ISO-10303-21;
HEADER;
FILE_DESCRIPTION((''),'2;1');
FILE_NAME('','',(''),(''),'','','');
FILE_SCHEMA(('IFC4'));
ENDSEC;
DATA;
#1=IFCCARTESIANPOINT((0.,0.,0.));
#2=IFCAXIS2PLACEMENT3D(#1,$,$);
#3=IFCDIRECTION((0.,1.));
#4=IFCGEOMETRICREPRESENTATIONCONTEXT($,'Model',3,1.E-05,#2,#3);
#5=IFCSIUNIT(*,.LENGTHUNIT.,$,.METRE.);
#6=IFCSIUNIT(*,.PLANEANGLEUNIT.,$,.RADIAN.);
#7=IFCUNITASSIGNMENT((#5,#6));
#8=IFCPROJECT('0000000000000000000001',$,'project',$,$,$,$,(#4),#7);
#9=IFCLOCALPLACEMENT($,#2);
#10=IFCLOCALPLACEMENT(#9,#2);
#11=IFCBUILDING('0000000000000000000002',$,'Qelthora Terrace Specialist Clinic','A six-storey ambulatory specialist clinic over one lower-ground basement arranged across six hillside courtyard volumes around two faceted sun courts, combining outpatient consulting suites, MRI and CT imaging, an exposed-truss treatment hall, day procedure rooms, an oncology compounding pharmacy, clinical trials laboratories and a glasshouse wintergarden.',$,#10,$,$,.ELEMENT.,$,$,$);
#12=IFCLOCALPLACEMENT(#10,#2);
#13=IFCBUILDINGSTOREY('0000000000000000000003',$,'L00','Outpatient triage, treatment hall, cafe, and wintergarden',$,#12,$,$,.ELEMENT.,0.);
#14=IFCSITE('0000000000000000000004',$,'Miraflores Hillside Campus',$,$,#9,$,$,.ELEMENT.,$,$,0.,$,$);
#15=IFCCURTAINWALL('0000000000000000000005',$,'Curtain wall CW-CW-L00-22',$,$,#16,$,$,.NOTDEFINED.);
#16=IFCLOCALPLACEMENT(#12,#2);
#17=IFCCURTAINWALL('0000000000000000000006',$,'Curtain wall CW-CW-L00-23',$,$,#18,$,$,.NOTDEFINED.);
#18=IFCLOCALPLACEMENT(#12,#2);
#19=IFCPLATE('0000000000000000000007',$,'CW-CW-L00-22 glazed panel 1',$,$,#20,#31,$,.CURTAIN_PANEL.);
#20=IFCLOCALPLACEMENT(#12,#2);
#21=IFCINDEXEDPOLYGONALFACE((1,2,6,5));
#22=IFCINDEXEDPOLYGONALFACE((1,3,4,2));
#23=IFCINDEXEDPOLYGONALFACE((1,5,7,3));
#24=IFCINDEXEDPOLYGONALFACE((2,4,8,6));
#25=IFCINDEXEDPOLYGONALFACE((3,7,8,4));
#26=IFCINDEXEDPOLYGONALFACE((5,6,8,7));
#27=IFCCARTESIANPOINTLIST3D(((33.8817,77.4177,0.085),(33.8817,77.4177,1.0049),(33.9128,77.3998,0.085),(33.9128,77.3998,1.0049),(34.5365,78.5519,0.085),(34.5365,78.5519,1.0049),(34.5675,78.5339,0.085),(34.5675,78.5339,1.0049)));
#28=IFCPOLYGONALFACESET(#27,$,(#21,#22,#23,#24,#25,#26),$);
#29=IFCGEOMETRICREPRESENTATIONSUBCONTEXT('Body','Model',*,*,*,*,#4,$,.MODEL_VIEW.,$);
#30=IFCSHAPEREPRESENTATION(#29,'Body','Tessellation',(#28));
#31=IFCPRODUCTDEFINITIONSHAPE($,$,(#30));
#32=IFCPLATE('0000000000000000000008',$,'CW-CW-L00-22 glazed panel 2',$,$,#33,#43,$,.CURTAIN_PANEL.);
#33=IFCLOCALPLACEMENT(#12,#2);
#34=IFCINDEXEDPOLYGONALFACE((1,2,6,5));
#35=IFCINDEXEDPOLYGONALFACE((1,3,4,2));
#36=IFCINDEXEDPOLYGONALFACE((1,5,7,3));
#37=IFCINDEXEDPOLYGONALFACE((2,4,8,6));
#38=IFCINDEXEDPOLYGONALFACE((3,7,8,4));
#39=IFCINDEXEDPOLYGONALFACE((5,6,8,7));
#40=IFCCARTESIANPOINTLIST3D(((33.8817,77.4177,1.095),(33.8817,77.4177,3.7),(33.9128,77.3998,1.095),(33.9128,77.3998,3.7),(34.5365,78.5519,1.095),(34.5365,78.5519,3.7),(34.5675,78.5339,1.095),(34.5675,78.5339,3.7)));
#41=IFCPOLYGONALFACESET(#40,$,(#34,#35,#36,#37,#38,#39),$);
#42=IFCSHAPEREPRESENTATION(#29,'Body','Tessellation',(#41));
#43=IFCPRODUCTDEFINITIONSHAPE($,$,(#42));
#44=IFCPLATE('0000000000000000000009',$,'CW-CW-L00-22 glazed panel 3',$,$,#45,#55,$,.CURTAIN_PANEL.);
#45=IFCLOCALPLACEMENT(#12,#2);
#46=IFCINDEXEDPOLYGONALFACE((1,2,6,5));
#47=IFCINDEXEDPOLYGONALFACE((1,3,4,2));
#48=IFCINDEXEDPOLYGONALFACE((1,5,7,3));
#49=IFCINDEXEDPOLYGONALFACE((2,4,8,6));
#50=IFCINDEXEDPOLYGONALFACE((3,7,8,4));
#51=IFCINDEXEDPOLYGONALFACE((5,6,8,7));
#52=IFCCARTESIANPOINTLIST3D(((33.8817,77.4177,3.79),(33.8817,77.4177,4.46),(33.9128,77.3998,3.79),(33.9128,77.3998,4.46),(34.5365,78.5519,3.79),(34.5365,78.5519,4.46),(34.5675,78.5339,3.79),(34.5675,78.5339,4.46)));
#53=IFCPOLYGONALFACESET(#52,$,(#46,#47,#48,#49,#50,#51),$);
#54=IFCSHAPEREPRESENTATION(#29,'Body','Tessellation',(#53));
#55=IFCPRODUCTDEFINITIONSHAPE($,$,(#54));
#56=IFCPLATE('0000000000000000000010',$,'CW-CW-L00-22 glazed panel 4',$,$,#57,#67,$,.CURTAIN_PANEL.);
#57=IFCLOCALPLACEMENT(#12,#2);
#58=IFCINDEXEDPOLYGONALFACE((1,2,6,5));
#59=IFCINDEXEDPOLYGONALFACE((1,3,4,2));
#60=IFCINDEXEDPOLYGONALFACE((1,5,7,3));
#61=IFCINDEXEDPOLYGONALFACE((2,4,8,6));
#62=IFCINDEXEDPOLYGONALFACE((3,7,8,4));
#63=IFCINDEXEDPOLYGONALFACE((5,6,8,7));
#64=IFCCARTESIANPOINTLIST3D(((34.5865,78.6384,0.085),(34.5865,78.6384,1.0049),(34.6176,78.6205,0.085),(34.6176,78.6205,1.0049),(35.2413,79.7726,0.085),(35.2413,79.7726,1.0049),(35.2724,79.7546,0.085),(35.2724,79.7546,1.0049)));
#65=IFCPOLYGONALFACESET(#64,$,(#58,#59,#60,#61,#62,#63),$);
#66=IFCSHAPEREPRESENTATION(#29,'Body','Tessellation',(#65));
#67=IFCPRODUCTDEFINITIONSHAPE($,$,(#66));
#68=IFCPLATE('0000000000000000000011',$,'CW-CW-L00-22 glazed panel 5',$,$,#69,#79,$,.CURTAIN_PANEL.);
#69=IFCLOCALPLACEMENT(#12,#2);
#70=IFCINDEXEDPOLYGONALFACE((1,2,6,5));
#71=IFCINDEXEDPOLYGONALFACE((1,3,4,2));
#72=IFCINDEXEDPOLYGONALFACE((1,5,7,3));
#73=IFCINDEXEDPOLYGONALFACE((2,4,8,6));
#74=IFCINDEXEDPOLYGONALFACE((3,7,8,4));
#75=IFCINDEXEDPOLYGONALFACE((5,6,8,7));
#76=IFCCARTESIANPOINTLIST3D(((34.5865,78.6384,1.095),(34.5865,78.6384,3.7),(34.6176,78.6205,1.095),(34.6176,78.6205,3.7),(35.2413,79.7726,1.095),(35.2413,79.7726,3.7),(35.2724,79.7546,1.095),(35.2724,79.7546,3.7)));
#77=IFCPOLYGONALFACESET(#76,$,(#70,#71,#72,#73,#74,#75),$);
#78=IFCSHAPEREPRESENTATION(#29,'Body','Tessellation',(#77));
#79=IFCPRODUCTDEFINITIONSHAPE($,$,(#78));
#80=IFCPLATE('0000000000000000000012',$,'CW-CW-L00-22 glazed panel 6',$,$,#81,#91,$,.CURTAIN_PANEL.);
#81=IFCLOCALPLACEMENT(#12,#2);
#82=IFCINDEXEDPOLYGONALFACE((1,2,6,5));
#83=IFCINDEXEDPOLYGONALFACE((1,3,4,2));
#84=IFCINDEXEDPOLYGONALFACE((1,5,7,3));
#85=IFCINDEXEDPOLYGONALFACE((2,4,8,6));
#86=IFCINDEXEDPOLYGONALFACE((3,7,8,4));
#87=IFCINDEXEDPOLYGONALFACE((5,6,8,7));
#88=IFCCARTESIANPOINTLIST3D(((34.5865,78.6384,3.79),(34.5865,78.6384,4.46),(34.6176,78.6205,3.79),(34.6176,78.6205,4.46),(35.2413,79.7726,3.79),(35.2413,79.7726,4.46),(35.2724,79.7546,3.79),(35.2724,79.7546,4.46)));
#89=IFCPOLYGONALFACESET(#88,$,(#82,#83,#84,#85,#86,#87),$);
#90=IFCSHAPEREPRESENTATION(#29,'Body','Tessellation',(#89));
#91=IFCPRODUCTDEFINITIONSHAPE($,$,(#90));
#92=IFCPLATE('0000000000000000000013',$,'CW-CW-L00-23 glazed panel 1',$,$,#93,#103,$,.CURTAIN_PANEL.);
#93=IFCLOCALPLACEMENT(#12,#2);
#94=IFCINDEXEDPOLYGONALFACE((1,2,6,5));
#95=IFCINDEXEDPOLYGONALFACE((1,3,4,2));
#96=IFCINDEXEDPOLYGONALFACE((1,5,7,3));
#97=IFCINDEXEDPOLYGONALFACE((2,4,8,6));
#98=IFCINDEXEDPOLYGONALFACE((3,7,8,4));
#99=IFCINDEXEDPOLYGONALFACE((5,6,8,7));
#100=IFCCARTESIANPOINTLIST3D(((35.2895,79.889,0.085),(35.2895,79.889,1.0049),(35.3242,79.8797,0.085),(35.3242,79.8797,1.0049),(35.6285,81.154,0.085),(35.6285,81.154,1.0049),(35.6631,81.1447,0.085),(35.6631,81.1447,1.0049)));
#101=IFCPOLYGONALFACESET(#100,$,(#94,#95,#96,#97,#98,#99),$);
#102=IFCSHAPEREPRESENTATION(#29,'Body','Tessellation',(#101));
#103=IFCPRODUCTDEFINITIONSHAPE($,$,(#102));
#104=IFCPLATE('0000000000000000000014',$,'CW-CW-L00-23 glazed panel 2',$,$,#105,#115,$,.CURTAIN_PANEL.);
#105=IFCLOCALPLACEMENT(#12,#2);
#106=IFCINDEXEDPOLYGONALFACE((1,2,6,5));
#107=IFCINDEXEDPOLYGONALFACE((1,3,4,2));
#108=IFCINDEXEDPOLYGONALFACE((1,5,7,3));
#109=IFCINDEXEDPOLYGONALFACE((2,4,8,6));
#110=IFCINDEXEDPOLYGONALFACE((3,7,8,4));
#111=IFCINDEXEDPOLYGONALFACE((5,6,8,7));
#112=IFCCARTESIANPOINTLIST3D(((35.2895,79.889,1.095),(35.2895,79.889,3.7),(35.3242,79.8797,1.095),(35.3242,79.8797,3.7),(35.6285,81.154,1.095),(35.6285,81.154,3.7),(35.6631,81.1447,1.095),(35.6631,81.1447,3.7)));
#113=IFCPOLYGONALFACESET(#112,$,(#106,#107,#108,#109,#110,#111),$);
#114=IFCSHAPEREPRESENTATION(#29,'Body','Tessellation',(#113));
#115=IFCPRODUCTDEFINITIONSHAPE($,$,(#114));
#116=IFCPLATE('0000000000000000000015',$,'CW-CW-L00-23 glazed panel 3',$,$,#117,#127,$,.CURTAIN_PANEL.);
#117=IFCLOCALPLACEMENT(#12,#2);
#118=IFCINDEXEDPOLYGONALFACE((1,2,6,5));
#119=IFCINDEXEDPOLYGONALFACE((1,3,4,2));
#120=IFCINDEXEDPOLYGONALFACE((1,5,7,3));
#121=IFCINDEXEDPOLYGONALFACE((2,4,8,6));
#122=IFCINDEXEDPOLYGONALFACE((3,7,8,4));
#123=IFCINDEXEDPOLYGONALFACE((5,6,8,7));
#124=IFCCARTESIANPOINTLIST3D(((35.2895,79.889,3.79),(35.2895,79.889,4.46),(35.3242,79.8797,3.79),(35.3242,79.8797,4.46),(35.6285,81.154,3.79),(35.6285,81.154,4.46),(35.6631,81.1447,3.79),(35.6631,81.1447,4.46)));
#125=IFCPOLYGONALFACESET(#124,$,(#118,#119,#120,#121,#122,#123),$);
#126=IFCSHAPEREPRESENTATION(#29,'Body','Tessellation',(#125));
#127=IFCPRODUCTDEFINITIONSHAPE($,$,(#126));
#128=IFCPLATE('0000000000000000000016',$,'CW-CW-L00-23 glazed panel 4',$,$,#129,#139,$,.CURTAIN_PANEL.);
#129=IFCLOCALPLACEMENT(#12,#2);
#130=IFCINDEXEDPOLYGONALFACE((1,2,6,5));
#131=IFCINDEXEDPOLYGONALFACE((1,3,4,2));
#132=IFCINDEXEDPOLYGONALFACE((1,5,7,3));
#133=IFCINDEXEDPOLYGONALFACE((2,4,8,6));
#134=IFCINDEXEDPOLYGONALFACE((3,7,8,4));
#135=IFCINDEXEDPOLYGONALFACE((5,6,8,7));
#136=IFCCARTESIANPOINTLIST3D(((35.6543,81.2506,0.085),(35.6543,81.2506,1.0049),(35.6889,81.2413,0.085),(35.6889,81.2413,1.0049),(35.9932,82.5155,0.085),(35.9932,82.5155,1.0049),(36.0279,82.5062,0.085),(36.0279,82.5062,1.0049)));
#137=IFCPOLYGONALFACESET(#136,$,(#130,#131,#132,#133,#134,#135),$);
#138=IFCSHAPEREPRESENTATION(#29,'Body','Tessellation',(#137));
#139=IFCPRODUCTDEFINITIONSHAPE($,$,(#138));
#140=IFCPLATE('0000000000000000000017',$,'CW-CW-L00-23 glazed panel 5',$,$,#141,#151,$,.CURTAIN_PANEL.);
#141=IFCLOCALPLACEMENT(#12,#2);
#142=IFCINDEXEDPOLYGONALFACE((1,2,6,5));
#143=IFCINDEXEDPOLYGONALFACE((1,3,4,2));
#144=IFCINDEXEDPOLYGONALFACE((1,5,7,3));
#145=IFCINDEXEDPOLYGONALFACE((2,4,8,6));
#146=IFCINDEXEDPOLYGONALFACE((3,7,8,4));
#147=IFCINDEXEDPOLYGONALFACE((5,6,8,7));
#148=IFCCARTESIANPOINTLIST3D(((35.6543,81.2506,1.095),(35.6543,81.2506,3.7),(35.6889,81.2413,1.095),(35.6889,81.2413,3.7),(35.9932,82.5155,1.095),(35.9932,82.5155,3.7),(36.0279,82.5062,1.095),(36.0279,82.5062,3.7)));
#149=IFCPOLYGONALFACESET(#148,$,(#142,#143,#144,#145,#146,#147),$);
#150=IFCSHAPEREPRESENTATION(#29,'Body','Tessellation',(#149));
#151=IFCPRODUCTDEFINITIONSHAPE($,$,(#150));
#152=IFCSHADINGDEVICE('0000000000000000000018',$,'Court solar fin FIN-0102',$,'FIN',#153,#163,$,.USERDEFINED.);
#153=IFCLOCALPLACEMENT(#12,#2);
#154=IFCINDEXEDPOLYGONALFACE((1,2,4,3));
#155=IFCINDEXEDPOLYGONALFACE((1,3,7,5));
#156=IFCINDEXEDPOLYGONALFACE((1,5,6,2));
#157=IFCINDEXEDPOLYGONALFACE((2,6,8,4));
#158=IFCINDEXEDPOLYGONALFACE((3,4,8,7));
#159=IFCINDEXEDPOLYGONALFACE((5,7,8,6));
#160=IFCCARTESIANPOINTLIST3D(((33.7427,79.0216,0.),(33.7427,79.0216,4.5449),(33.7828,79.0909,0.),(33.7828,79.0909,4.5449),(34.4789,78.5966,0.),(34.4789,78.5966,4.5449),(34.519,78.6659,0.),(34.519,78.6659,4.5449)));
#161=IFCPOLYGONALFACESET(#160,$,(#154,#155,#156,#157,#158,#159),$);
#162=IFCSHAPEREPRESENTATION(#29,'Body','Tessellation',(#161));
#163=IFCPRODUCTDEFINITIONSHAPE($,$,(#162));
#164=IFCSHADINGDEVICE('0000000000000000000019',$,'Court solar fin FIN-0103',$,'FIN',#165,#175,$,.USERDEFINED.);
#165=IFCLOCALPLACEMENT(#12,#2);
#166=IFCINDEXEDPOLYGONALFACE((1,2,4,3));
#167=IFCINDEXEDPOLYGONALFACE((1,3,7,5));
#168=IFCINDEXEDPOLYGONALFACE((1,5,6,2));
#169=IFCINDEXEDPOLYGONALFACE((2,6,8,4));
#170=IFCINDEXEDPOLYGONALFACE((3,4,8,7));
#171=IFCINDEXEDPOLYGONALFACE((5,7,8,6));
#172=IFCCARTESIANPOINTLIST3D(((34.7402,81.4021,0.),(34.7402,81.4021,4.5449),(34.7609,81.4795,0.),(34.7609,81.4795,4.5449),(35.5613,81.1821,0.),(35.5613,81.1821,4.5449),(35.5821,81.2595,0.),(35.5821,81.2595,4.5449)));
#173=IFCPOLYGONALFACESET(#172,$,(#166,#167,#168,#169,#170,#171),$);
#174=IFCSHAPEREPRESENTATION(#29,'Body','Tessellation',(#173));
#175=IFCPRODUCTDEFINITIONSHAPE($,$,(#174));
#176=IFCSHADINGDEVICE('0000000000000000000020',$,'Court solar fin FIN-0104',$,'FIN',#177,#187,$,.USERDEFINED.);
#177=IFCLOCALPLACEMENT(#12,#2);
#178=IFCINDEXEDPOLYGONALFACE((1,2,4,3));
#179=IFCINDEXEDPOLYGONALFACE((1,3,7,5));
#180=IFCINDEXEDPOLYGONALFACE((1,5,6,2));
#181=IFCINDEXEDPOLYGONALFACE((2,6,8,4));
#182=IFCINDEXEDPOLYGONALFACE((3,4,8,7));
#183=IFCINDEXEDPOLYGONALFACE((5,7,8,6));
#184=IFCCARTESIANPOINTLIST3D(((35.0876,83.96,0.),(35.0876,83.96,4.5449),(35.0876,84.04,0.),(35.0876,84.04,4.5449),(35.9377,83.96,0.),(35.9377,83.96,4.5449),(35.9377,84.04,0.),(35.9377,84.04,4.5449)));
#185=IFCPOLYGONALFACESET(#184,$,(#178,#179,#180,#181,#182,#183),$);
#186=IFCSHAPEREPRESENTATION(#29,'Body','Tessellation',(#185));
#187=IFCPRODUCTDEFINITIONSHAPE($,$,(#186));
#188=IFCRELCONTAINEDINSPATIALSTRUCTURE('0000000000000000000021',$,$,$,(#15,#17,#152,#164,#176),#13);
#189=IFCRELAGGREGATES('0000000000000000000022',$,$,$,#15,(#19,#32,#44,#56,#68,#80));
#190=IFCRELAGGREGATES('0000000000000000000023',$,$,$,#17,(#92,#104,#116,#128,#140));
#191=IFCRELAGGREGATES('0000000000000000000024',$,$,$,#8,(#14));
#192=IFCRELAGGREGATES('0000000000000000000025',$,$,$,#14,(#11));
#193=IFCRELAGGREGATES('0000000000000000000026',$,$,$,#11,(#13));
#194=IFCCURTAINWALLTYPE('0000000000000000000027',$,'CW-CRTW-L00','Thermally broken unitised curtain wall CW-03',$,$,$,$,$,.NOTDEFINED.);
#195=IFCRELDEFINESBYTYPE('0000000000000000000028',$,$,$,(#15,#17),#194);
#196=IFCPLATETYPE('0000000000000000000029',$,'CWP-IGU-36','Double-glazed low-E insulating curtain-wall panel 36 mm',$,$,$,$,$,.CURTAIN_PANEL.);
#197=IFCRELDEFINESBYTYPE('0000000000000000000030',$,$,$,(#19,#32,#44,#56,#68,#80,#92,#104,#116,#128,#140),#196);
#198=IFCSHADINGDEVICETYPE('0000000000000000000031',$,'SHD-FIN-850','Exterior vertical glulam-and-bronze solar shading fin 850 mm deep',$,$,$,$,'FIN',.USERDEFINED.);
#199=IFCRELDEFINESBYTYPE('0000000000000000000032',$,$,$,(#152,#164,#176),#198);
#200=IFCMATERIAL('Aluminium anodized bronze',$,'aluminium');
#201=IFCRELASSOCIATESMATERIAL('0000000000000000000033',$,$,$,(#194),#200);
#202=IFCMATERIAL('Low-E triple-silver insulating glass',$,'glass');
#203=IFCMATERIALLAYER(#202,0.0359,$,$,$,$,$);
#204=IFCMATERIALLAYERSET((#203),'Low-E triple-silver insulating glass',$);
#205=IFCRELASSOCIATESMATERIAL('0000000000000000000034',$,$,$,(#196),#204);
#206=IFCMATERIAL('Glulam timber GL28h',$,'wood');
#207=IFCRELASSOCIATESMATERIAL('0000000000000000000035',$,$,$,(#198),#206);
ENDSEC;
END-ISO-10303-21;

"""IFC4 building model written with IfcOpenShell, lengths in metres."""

from ifc_helpers import new_model, si_unit, direction, frame, origin, origin_2d, place, context, subcontext, project, spatial, rectangle, extrude, material, layer, layer_set, type_object, element, aggregate, save


model = new_model("IFC4")

# Units and contexts
model_context = context("Model", 3, precision=1e-05, world=origin(), true_north=direction((0.0, 1.0)))
body_context = subcontext(model_context, "Body", "Model", "MODEL_VIEW")
ifc_project = project(units=[si_unit("LENGTHUNIT", "METRE"), si_unit("PLANEANGLEUNIT", "RADIAN")], contexts=[model_context])

# Site, building, storey
site_placement = place(None, origin())
site = spatial("IfcSite", under=ifc_project, at=site_placement, Name="Miraflores Hillside Campus", CompositionType="ELEMENT", RefElevation=0.0)
building_placement = place(site_placement, origin())
building = spatial("IfcBuilding", under=site, at=building_placement, Name="Qelthora Terrace Specialist Clinic", Description="A six-storey ambulatory specialist clinic over one lower-ground basement arranged across six hillside courtyard volumes around two faceted sun courts, combining outpatient consulting suites, MRI and CT imaging, an exposed-truss treatment hall, day procedure rooms, an oncology compounding pharmacy, clinical trials laboratories and a glasshouse wintergarden.", CompositionType="ELEMENT")
storey_placement = place(building_placement, origin())
storey = spatial("IfcBuildingStorey", under=building, at=storey_placement, Name="L00", Description="Outpatient triage, treatment hall, cafe, and wintergarden", CompositionType="ELEMENT", Elevation=0.0)

# Shared definitions
ifc_material_1 = material(Name="Aluminium anodized bronze", Category="aluminium")
curtain_wall_type = type_object("IfcCurtainWallType", Name="CW-CRTW-L00", Description="Thermally broken unitised curtain wall CW-03", PredefinedType="NOTDEFINED", material=ifc_material_1)

# Curtain walls
curtain_wall_1_placement = place(storey_placement, origin())
curtain_wall_1 = element("IfcCurtainWall", 1, at=curtain_wall_1_placement, inside=storey, type_object=curtain_wall_type, Name="Curtain wall CW-CW-L00-22", PredefinedType="NOTDEFINED")
curtain_wall_2_placement = place(storey_placement, origin())
curtain_wall_2 = element("IfcCurtainWall", 2, at=curtain_wall_2_placement, inside=storey, type_object=curtain_wall_type, Name="Curtain wall CW-CW-L00-23", PredefinedType="NOTDEFINED")

# Plates
ifc_material_2 = material(Name="Low-E triple-silver insulating glass", Category="glass")
ifc_layer = layer(ifc_material_2, 0.0359)
ifc_layer_set = layer_set([ifc_layer], Name="Low-E triple-silver insulating glass")
plate_type = type_object("IfcPlateType", Name="CWP-IGU-36", Description="Double-glazed low-E insulating curtain-wall panel 36 mm", PredefinedType="CURTAIN_PANEL", material=ifc_layer_set)
plate_1_placement = place(storey_placement, frame((34.2246, 77.9758, 0.085), z_axis=(0.0, 0.0, 1.0), x_axis=(0.5, 0.866025, 0.0)))
plate_1 = element("IfcPlate", 3, at=plate_1_placement, type_object=plate_type, Name="CW-CW-L00-22 glazed panel 1", PredefinedType="CURTAIN_PANEL", context=body_context, shape_type="SweptSolid", body=[
    extrude(rectangle(XDim=1.3096, YDim=0.0359, at=origin_2d()), origin(), (0.0, 0.0, 1.0), 0.9199),
])
plate_2_placement = place(storey_placement, frame((34.2246, 77.9758, 1.095), z_axis=(0.0, 0.0, 1.0), x_axis=(0.5, 0.866025, 0.0)))
plate_2 = element("IfcPlate", 4, at=plate_2_placement, type_object=plate_type, Name="CW-CW-L00-22 glazed panel 2", PredefinedType="CURTAIN_PANEL", context=body_context, shape_type="SweptSolid", body=[
    extrude(rectangle(XDim=1.3096, YDim=0.0359, at=origin_2d()), origin(), (0.0, 0.0, 1.0), 2.605),
])
plate_3_placement = place(storey_placement, frame((34.2246, 77.9758, 3.79), z_axis=(0.0, 0.0, 1.0), x_axis=(0.5, 0.866025, 0.0)))
plate_3 = element("IfcPlate", 5, at=plate_3_placement, type_object=plate_type, Name="CW-CW-L00-22 glazed panel 3", PredefinedType="CURTAIN_PANEL", context=body_context, shape_type="SweptSolid", body=[
    extrude(rectangle(XDim=1.3096, YDim=0.0359, at=origin_2d()), origin(), (0.0, 0.0, 1.0), 0.6699),
])
plate_4_placement = place(storey_placement, frame((34.9294, 79.1965, 0.085), z_axis=(0.0, 0.0, 1.0), x_axis=(0.5, 0.866025, 0.0)))
plate_4 = element("IfcPlate", 6, at=plate_4_placement, type_object=plate_type, Name="CW-CW-L00-22 glazed panel 4", PredefinedType="CURTAIN_PANEL", context=body_context, shape_type="SweptSolid", body=[
    extrude(rectangle(XDim=1.3096, YDim=0.0359, at=origin_2d()), origin(), (0.0, 0.0, 1.0), 0.9199),
])
plate_5_placement = place(storey_placement, frame((34.9294, 79.1965, 1.095), z_axis=(0.0, 0.0, 1.0), x_axis=(0.5, 0.866025, 0.0)))
plate_5 = element("IfcPlate", 7, at=plate_5_placement, type_object=plate_type, Name="CW-CW-L00-22 glazed panel 5", PredefinedType="CURTAIN_PANEL", context=body_context, shape_type="SweptSolid", body=[
    extrude(rectangle(XDim=1.3096, YDim=0.0359, at=origin_2d()), origin(), (0.0, 0.0, 1.0), 2.605),
])
plate_6_placement = place(storey_placement, frame((34.9294, 79.1965, 3.79), z_axis=(0.0, 0.0, 1.0), x_axis=(0.5, 0.866025, 0.0)))
plate_6 = element("IfcPlate", 8, at=plate_6_placement, type_object=plate_type, Name="CW-CW-L00-22 glazed panel 6", PredefinedType="CURTAIN_PANEL", context=body_context, shape_type="SweptSolid", body=[
    extrude(rectangle(XDim=1.3096, YDim=0.0359, at=origin_2d()), origin(), (0.0, 0.0, 1.0), 0.6699),
])
aggregate(curtain_wall_1, [plate_1, plate_2, plate_3, plate_4, plate_5, plate_6])
plate_7_placement = place(storey_placement, frame((35.4763, 80.5168, 0.085), z_axis=(0.0, 0.0, 1.0), x_axis=(0.258821, 0.965925, 0.0)))
plate_7 = element("IfcPlate", 9, at=plate_7_placement, type_object=plate_type, Name="CW-CW-L00-23 glazed panel 1", PredefinedType="CURTAIN_PANEL", context=body_context, shape_type="SweptSolid", body=[
    extrude(rectangle(XDim=1.3096, YDim=0.0359, at=origin_2d()), origin(), (0.0, 0.0, 1.0), 0.9199),
])
plate_8_placement = place(storey_placement, frame((35.4763, 80.5168, 1.095), z_axis=(0.0, 0.0, 1.0), x_axis=(0.258821, 0.965925, 0.0)))
plate_8 = element("IfcPlate", 10, at=plate_8_placement, type_object=plate_type, Name="CW-CW-L00-23 glazed panel 2", PredefinedType="CURTAIN_PANEL", context=body_context, shape_type="SweptSolid", body=[
    extrude(rectangle(XDim=1.3096, YDim=0.0359, at=origin_2d()), origin(), (0.0, 0.0, 1.0), 2.605),
])
plate_9_placement = place(storey_placement, frame((35.4763, 80.5168, 3.79), z_axis=(0.0, 0.0, 1.0), x_axis=(0.258821, 0.965925, 0.0)))
plate_9 = element("IfcPlate", 11, at=plate_9_placement, type_object=plate_type, Name="CW-CW-L00-23 glazed panel 3", PredefinedType="CURTAIN_PANEL", context=body_context, shape_type="SweptSolid", body=[
    extrude(rectangle(XDim=1.3096, YDim=0.0359, at=origin_2d()), origin(), (0.0, 0.0, 1.0), 0.6699),
])
plate_10_placement = place(storey_placement, frame((35.8411, 81.8784, 0.085), z_axis=(0.0, 0.0, 1.0), x_axis=(0.258821, 0.965925, 0.0)))
plate_10 = element("IfcPlate", 12, at=plate_10_placement, type_object=plate_type, Name="CW-CW-L00-23 glazed panel 4", PredefinedType="CURTAIN_PANEL", context=body_context, shape_type="SweptSolid", body=[
    extrude(rectangle(XDim=1.3096, YDim=0.0359, at=origin_2d()), origin(), (0.0, 0.0, 1.0), 0.9199),
])
plate_11_placement = place(storey_placement, frame((35.8411, 81.8784, 1.095), z_axis=(0.0, 0.0, 1.0), x_axis=(0.258821, 0.965925, 0.0)))
plate_11 = element("IfcPlate", 13, at=plate_11_placement, type_object=plate_type, Name="CW-CW-L00-23 glazed panel 5", PredefinedType="CURTAIN_PANEL", context=body_context, shape_type="SweptSolid", body=[
    extrude(rectangle(XDim=1.3096, YDim=0.0359, at=origin_2d()), origin(), (0.0, 0.0, 1.0), 2.605),
])
aggregate(curtain_wall_2, [plate_7, plate_8, plate_9, plate_10, plate_11])

# Shading devices
ifc_material_3 = material(Name="Glulam timber GL28h", Category="wood")
shading_device_type = type_object("IfcShadingDeviceType", Name="SHD-FIN-850", Description="Exterior vertical glulam-and-bronze solar shading fin 850 mm deep", ElementType="FIN", PredefinedType="USERDEFINED", material=ifc_material_3)
for number, where, z_axis, x_axis, name in (
    (14, (34.1309, 78.8438, 0.0), (0.0, 0.0, 1.0), (-0.866025, 0.5, 0.0), "Court solar fin FIN-0102"),
    (15, (35.1611, 81.3308, 0.0), (0.0, 0.0, 1.0), (-0.965926, 0.258819, 0.0), "Court solar fin FIN-0103"),
    (16, (35.5127, 84.0, 0.0), (0.0, 0.0, 1.0), (-1.0, 0.0, 0.0), "Court solar fin FIN-0104"),
):
    element("IfcShadingDevice", number, at=place(storey_placement, frame(where, z_axis=z_axis, x_axis=x_axis)), inside=storey, type_object=shading_device_type, Name=name, ObjectType="FIN", PredefinedType="USERDEFINED", context=body_context, shape_type="SweptSolid", body=[
        extrude(rectangle(XDim=0.8501, YDim=0.0801, at=origin_2d()), origin(), (0.0, 0.0, 1.0), 4.5449),
    ])

save(model, "model.ifc")
